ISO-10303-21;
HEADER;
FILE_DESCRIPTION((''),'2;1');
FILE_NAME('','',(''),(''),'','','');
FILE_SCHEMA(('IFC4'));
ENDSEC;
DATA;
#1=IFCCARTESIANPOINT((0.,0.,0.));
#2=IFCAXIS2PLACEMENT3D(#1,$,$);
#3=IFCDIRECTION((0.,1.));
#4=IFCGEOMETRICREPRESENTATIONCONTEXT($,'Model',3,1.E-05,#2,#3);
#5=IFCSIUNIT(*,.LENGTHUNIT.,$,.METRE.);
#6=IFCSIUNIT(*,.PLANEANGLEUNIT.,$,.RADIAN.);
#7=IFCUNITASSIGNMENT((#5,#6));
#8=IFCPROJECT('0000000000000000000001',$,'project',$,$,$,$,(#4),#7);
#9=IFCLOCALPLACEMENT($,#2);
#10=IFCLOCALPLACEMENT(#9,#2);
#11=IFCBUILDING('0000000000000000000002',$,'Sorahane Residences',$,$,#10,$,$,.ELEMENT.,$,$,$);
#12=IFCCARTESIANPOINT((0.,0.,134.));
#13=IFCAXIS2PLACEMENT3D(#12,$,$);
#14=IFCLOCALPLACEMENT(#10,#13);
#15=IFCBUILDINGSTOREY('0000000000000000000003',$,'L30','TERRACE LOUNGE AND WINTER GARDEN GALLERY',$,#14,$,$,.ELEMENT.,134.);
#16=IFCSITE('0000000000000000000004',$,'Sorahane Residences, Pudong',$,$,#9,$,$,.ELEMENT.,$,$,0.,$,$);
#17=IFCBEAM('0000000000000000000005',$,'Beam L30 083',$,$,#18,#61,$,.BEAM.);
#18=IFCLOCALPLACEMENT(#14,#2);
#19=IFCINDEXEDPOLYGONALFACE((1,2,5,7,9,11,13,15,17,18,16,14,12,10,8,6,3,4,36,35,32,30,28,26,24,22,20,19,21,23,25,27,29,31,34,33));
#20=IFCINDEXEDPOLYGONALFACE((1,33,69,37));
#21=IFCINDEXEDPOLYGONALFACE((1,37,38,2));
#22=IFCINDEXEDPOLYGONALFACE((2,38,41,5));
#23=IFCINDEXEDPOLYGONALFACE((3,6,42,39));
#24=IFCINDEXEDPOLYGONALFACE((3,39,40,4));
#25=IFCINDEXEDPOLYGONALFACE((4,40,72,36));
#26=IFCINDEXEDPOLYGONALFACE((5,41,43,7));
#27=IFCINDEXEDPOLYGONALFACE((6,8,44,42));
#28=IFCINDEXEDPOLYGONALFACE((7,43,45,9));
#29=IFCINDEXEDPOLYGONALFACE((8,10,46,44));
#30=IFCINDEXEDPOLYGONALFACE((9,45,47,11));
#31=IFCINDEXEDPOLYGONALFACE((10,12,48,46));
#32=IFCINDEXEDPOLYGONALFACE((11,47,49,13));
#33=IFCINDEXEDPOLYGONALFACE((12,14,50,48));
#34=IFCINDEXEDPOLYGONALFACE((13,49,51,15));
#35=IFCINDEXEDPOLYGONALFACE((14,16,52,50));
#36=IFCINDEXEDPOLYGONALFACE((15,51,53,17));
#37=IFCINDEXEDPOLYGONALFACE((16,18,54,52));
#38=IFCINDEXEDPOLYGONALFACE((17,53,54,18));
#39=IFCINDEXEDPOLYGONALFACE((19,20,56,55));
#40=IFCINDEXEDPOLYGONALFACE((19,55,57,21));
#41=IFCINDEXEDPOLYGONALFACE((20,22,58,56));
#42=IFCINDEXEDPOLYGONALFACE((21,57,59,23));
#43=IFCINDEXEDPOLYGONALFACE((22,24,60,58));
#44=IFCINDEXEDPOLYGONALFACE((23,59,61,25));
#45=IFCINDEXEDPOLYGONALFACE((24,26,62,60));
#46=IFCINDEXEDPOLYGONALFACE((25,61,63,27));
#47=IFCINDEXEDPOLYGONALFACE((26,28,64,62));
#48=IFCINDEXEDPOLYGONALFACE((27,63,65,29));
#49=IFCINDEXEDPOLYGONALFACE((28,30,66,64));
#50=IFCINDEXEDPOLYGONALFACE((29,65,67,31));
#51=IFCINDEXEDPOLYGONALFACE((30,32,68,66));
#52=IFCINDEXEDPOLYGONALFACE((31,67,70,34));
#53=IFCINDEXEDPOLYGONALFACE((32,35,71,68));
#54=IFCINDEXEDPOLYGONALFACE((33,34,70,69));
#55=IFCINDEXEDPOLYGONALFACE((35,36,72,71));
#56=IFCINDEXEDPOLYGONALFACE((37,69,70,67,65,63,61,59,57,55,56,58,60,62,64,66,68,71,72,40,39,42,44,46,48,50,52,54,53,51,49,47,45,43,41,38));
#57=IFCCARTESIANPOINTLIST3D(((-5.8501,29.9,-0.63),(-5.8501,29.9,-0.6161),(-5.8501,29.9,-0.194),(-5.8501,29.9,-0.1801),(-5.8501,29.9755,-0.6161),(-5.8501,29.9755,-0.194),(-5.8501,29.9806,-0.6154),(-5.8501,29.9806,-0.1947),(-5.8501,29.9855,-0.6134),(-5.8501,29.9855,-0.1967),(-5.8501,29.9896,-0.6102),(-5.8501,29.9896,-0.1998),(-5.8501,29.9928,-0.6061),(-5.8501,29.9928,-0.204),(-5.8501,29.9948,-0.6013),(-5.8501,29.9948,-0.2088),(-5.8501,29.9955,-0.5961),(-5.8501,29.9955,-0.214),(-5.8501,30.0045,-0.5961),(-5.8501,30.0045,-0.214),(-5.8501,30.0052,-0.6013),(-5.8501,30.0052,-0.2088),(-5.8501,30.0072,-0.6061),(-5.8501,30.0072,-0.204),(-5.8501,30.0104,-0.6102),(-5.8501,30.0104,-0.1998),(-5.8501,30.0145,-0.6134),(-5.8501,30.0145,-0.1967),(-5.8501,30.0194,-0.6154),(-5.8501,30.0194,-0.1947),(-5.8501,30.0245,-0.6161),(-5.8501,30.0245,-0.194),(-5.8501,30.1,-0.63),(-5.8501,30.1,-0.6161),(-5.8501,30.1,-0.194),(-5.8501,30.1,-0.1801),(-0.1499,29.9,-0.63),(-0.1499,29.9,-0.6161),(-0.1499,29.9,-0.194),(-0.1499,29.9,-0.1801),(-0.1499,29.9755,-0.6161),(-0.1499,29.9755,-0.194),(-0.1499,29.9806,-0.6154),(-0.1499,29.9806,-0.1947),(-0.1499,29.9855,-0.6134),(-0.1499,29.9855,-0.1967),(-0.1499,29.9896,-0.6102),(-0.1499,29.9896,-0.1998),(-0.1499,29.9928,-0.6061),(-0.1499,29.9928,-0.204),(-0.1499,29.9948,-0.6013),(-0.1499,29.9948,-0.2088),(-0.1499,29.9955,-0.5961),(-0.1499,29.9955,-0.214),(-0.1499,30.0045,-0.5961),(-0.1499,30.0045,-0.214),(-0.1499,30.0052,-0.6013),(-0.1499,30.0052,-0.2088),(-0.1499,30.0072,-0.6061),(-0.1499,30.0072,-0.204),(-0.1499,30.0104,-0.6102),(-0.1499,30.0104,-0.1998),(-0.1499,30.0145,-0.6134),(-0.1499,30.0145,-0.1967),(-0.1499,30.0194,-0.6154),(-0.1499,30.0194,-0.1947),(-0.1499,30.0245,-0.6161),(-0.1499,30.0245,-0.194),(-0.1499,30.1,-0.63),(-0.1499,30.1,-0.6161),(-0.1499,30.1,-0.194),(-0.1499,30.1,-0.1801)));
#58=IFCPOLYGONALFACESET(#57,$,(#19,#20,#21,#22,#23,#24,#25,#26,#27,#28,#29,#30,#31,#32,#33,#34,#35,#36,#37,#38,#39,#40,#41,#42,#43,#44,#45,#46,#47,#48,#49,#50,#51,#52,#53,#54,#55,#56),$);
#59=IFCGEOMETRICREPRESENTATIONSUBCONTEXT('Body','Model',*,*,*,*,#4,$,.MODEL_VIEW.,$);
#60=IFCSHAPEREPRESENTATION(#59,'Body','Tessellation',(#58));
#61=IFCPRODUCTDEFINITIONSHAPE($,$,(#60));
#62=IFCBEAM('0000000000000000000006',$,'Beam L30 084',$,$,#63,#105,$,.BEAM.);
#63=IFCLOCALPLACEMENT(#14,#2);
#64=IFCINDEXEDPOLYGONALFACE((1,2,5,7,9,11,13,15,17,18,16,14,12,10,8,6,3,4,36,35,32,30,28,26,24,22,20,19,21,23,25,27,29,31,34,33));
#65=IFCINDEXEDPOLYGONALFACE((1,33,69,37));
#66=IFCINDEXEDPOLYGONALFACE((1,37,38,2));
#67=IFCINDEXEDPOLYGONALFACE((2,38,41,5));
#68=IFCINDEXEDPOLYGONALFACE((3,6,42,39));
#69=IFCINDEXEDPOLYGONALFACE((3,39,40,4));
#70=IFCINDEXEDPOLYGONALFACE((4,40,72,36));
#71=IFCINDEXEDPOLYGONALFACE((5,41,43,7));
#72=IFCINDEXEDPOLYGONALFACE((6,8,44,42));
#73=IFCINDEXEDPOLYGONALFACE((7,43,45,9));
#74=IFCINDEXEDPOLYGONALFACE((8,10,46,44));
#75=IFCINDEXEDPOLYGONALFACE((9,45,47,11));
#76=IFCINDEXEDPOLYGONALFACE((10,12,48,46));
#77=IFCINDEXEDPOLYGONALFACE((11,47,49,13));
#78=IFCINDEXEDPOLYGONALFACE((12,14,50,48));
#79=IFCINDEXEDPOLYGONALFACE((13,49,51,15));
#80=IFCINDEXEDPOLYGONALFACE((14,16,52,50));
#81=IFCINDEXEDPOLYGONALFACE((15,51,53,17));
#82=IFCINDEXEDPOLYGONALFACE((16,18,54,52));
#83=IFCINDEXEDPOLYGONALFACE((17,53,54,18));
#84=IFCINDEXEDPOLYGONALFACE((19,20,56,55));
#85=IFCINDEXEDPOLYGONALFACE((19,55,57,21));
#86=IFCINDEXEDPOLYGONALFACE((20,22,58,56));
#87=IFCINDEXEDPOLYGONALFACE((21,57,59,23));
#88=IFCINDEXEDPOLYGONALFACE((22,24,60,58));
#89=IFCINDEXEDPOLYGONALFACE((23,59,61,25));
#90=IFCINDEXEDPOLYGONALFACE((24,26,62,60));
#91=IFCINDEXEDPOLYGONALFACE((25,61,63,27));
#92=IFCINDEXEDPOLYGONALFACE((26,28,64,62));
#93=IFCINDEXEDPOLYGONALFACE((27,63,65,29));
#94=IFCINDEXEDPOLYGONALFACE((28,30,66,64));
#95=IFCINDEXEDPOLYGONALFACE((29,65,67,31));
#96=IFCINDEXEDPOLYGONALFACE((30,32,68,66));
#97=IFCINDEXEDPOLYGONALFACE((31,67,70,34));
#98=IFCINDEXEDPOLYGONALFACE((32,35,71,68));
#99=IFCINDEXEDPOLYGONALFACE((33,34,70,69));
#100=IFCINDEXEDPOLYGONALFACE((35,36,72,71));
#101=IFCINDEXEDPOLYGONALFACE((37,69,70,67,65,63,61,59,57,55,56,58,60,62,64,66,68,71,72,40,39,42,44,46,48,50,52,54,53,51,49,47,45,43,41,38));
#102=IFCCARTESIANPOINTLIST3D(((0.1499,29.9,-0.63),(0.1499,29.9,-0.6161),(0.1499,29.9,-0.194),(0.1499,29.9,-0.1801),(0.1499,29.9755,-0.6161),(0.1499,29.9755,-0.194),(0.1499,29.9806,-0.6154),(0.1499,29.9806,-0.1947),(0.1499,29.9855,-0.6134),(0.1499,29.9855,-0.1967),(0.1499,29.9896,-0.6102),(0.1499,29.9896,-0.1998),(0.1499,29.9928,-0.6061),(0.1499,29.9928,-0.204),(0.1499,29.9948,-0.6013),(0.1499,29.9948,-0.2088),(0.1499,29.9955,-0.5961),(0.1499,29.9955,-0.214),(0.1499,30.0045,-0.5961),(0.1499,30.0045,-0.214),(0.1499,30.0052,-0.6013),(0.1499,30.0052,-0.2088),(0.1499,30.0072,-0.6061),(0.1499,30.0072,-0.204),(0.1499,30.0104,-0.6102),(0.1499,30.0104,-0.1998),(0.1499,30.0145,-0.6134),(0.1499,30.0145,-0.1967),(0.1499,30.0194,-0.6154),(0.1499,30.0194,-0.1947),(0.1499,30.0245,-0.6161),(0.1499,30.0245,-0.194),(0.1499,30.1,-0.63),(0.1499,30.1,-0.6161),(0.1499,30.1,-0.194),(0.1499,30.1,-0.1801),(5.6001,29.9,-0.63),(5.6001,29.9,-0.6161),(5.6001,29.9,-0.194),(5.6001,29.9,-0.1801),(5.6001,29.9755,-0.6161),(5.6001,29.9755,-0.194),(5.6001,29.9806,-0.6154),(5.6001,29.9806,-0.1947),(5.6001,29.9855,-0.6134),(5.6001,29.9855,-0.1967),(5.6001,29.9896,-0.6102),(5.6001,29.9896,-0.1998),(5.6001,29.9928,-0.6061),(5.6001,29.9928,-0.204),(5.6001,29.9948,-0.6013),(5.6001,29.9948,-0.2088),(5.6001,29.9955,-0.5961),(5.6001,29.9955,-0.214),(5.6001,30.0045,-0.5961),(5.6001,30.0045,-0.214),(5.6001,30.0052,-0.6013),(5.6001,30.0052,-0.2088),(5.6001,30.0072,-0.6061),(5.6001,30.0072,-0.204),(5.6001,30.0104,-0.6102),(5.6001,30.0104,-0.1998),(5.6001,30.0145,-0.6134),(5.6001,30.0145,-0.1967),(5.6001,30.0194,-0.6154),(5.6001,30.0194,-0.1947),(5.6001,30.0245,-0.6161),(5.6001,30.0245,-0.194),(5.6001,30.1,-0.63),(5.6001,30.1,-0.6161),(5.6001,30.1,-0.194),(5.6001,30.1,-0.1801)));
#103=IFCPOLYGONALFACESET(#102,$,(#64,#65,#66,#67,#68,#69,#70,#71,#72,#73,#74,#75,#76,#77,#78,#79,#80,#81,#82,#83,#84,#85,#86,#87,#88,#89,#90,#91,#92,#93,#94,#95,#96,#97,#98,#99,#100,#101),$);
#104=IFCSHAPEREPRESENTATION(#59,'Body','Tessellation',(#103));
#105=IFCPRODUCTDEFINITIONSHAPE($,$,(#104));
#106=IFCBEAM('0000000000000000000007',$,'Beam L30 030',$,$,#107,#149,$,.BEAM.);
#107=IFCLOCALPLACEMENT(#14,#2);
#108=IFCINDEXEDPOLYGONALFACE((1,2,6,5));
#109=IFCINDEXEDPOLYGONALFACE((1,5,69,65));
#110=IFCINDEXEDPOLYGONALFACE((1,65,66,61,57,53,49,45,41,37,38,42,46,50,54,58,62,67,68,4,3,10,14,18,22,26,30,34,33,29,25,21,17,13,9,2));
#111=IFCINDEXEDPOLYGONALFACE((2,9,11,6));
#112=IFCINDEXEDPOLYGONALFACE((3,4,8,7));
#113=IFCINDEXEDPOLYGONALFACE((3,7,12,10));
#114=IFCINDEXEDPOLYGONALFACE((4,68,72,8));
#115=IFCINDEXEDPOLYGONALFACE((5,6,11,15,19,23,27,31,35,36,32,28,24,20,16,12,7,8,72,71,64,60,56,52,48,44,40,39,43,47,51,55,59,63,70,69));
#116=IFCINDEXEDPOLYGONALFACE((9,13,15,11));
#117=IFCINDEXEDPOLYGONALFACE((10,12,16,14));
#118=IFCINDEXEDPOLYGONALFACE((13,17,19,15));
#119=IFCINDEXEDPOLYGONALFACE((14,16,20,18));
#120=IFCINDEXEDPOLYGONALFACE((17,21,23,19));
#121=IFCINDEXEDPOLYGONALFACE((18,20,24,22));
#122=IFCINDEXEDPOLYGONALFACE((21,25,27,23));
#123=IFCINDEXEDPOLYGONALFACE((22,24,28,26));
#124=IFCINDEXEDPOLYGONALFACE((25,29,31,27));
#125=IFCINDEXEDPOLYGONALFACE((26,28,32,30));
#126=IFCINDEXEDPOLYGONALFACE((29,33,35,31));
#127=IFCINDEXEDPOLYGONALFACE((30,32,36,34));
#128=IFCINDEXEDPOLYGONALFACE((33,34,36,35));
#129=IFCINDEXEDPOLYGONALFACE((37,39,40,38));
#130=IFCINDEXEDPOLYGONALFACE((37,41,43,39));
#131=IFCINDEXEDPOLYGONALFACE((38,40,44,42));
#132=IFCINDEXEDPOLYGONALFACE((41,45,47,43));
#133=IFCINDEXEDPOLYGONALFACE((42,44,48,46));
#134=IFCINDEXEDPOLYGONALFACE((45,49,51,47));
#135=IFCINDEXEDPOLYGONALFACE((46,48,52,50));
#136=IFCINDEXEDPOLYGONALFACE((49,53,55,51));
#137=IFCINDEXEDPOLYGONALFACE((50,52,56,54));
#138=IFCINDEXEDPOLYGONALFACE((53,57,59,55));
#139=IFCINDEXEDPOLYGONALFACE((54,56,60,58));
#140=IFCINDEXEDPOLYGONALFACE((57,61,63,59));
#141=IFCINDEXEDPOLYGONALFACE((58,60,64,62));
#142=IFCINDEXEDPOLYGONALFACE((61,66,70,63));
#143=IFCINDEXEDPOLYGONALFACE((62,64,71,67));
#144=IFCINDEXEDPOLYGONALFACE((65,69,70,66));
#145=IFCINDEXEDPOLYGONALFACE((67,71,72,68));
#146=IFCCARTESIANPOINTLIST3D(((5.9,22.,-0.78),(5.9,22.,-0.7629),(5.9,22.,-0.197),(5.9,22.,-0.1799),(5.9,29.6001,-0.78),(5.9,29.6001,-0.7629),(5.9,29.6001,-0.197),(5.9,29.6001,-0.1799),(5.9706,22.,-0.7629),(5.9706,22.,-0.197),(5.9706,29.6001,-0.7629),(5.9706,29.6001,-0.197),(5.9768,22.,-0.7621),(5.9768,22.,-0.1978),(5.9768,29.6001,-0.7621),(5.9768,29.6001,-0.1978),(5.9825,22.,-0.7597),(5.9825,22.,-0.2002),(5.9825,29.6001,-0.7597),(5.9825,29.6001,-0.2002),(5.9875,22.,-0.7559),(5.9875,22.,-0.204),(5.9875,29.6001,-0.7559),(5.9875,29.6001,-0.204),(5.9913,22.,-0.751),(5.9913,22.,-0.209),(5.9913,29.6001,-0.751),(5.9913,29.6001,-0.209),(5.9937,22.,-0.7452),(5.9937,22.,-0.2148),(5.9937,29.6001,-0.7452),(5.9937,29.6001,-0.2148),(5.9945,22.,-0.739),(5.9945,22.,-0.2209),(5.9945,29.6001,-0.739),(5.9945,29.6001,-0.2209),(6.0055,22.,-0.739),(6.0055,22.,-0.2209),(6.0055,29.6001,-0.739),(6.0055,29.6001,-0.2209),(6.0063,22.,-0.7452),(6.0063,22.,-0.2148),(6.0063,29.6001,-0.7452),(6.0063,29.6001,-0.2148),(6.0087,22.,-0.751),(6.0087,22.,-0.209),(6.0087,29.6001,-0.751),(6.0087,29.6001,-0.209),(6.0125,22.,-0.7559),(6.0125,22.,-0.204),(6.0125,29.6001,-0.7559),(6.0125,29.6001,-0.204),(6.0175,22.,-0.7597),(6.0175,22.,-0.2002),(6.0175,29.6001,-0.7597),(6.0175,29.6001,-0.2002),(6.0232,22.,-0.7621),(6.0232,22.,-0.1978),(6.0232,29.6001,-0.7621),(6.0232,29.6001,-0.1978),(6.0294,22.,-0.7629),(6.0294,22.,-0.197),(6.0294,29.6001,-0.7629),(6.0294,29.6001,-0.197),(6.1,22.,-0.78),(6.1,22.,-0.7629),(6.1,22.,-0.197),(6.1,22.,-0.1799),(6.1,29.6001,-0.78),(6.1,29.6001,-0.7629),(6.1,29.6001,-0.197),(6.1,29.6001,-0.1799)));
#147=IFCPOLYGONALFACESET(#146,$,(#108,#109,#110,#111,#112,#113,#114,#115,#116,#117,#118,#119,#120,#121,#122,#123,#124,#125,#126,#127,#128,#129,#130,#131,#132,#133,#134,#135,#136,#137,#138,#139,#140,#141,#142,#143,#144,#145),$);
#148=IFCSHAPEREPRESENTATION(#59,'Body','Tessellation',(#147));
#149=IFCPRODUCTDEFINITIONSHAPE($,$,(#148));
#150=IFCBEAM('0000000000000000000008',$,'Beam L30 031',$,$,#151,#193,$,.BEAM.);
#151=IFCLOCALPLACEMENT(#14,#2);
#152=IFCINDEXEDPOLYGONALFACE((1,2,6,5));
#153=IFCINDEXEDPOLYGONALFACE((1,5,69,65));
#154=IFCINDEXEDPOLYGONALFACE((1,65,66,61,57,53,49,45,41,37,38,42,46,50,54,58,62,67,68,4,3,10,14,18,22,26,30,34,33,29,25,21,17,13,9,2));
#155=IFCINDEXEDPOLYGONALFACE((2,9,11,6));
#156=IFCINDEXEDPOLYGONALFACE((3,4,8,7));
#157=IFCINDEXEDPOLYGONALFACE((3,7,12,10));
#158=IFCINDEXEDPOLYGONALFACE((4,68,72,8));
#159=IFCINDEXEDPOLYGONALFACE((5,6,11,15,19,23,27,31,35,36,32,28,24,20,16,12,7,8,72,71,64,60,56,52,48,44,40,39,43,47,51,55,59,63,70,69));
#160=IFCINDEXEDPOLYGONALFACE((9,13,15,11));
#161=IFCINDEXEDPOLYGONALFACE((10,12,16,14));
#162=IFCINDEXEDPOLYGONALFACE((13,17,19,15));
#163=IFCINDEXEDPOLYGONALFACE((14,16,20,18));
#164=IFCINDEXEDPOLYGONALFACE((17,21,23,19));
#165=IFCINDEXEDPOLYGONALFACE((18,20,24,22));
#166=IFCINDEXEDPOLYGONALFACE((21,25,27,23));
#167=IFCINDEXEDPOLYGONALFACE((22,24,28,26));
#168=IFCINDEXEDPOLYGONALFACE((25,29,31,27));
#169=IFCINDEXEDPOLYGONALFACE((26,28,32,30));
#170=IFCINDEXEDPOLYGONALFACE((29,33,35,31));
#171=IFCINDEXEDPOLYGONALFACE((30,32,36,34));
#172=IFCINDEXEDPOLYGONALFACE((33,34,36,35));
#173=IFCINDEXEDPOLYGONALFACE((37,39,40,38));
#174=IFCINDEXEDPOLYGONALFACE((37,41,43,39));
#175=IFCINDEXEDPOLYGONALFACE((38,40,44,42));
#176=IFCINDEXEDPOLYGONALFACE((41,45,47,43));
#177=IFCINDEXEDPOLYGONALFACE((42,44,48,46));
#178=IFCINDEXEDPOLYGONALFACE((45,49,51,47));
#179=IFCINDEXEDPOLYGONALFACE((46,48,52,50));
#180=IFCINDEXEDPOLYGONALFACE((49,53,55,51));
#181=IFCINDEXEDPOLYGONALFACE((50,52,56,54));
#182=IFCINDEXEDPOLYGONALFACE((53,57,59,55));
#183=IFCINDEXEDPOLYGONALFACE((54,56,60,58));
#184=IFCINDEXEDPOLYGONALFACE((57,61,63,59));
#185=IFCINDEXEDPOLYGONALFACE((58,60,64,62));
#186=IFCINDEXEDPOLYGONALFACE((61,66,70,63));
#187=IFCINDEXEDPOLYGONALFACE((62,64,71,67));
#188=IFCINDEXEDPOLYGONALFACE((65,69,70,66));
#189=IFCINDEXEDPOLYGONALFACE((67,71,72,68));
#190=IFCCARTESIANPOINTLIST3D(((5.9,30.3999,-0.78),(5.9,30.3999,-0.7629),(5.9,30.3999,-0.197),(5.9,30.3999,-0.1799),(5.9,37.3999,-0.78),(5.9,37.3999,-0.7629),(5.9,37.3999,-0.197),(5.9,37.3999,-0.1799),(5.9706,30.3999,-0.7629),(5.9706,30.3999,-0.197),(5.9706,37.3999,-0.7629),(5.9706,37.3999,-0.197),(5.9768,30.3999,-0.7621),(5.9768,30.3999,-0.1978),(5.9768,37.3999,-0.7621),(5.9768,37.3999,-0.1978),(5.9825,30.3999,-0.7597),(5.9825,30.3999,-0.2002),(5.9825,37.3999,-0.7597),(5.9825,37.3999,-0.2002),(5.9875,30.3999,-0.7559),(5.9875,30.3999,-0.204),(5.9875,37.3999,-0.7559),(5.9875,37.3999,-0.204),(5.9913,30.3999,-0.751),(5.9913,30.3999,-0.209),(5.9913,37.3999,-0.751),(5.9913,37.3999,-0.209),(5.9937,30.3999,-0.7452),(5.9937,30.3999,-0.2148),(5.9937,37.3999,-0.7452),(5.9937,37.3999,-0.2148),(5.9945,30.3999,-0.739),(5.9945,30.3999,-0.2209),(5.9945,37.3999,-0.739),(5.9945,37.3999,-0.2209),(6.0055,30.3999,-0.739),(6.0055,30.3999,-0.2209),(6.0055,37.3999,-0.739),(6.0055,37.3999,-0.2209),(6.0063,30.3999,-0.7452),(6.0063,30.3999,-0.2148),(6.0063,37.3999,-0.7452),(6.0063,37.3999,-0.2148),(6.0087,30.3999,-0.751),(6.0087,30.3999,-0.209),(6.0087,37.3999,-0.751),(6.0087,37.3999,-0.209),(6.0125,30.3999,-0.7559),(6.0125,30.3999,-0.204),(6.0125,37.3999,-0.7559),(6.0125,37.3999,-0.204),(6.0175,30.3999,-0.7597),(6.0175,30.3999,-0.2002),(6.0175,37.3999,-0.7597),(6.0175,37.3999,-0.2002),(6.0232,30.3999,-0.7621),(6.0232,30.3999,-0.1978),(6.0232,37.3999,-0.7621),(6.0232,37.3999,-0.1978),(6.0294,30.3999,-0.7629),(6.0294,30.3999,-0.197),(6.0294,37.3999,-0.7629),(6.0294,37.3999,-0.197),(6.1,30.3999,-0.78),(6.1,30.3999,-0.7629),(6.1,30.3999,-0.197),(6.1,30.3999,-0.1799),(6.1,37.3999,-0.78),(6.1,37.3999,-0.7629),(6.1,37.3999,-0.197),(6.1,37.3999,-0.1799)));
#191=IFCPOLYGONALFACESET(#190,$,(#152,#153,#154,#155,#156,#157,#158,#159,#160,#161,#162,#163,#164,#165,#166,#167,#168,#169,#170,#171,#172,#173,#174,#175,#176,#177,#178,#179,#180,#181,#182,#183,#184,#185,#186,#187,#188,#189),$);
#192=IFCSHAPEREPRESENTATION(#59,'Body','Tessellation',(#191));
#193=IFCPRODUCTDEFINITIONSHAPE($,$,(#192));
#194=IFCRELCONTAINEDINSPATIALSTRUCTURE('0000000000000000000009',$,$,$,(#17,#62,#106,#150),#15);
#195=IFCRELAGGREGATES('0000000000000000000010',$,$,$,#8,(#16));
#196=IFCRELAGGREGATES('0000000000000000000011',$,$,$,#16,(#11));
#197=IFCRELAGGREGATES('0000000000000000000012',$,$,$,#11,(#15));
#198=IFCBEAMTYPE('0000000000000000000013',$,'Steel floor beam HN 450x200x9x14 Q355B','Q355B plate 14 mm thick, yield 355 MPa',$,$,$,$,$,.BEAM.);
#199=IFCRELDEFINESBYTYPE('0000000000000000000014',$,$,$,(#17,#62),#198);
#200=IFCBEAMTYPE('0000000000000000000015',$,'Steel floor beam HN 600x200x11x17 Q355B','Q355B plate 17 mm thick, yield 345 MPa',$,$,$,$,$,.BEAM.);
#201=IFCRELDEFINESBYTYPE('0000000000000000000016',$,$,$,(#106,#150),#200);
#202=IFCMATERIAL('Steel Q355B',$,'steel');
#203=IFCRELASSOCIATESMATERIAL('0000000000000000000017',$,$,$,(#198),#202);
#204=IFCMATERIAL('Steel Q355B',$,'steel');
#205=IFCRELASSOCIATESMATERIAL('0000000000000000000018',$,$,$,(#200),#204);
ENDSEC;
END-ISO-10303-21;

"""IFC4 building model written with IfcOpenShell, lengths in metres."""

from ifc_helpers import new_model, si_unit, direction, frame, origin, origin_2d, place, context, subcontext, project, spatial, i_section, extrude, material, material_profile, profile_set, type_object, element, save


model = new_model("IFC4")

# Units and contexts
model_context = context("Model", 3, precision=1e-05, world=origin(), true_north=direction((0.0, 1.0)))
body_context = subcontext(model_context, "Body", "Model", "MODEL_VIEW")
ifc_project = project(units=[si_unit("LENGTHUNIT", "METRE"), si_unit("PLANEANGLEUNIT", "RADIAN")], contexts=[model_context])

# Site, building, storey
site_placement = place(None, origin())
site = spatial("IfcSite", under=ifc_project, at=site_placement, Name="Sorahane Residences, Pudong", CompositionType="ELEMENT", RefElevation=0.0)
building_placement = place(site_placement, origin())
building = spatial("IfcBuilding", under=site, at=building_placement, Name="Sorahane Residences", CompositionType="ELEMENT")
storey_placement = place(building_placement, frame((0.0, 0.0, 134.0)))
storey = spatial("IfcBuildingStorey", under=building, at=storey_placement, Name="L30", Description="TERRACE LOUNGE AND WINTER GARDEN GALLERY", CompositionType="ELEMENT", Elevation=134.0)

# Beams
ifc_material_1 = material(Name="Steel Q355B", Category="steel")
ifc_material_profile_1 = material_profile(ifc_material_1, i_section(OverallWidth=0.2, OverallDepth=0.45, WebThickness=0.009, FlangeThickness=0.0139, FilletRadius=0.02, at=origin_2d()), Name="HN 450x200x9x14")
ifc_profile_set_1 = profile_set([ifc_material_profile_1], Name="Steel Q355B")
beam_type_1 = type_object("IfcBeamType", Name="Steel floor beam HN 450x200x9x14 Q355B", Description="Q355B plate 14 mm thick, yield 355 MPa", PredefinedType="BEAM", material=ifc_profile_set_1)
beam_1_placement = place(storey_placement, frame((-5.8501, 30.0, -0.405), z_axis=(1.0, 0.0, 0.0), x_axis=(0.0, 1.0, 0.0)))
element("IfcBeam", 1, at=beam_1_placement, inside=storey, type_object=beam_type_1, Name="Beam L30 083", PredefinedType="BEAM", context=body_context, shape_type="SweptSolid", body=[
    extrude(i_section(OverallWidth=0.2, OverallDepth=0.45, WebThickness=0.009, FlangeThickness=0.0139, FilletRadius=0.02, at=origin_2d()), origin(), (0.0, 0.0, 1.0), 5.7002),
])
beam_2_placement = place(storey_placement, frame((0.1499, 30.0, -0.405), z_axis=(1.0, 0.0, 0.0), x_axis=(0.0, 1.0, 0.0)))
element("IfcBeam", 2, at=beam_2_placement, inside=storey, type_object=beam_type_1, Name="Beam L30 084", PredefinedType="BEAM", context=body_context, shape_type="SweptSolid", body=[
    extrude(i_section(OverallWidth=0.2, OverallDepth=0.45, WebThickness=0.009, FlangeThickness=0.0139, FilletRadius=0.02, at=origin_2d()), origin(), (0.0, 0.0, 1.0), 5.4502),
])
ifc_material_2 = material(Name="Steel Q355B", Category="steel")
ifc_material_profile_2 = material_profile(ifc_material_2, i_section(OverallWidth=0.2, OverallDepth=0.6001, WebThickness=0.011, FlangeThickness=0.0171, FilletRadius=0.0239, at=origin_2d()), Name="HN 600x200x11x17")
ifc_profile_set_2 = profile_set([ifc_material_profile_2], Name="Steel Q355B")
beam_type_2 = type_object("IfcBeamType", Name="Steel floor beam HN 600x200x11x17 Q355B", Description="Q355B plate 17 mm thick, yield 345 MPa", PredefinedType="BEAM", material=ifc_profile_set_2)
beam_3_placement = place(storey_placement, frame((6.0, 22.0, -0.48), z_axis=(0.0, 1.0, 0.0), x_axis=(-1.0, 0.0, 0.0)))
element("IfcBeam", 3, at=beam_3_placement, inside=storey, type_object=beam_type_2, Name="Beam L30 030", PredefinedType="BEAM", context=body_context, shape_type="SweptSolid", body=[
    extrude(i_section(OverallWidth=0.2, OverallDepth=0.6001, WebThickness=0.011, FlangeThickness=0.0171, FilletRadius=0.0239, at=origin_2d()), origin(), (0.0, 0.0, 1.0), 7.6001),
])
beam_4_placement = place(storey_placement, frame((6.0, 30.3999, -0.48), z_axis=(0.0, 1.0, 0.0), x_axis=(-1.0, 0.0, 0.0)))
element("IfcBeam", 4, at=beam_4_placement, inside=storey, type_object=beam_type_2, Name="Beam L30 031", PredefinedType="BEAM", context=body_context, shape_type="SweptSolid", body=[
    extrude(i_section(OverallWidth=0.2, OverallDepth=0.6001, WebThickness=0.011, FlangeThickness=0.0171, FilletRadius=0.0239, at=origin_2d()), origin(), (0.0, 0.0, 1.0), 7.0),
])

save(model, "model.ifc")
